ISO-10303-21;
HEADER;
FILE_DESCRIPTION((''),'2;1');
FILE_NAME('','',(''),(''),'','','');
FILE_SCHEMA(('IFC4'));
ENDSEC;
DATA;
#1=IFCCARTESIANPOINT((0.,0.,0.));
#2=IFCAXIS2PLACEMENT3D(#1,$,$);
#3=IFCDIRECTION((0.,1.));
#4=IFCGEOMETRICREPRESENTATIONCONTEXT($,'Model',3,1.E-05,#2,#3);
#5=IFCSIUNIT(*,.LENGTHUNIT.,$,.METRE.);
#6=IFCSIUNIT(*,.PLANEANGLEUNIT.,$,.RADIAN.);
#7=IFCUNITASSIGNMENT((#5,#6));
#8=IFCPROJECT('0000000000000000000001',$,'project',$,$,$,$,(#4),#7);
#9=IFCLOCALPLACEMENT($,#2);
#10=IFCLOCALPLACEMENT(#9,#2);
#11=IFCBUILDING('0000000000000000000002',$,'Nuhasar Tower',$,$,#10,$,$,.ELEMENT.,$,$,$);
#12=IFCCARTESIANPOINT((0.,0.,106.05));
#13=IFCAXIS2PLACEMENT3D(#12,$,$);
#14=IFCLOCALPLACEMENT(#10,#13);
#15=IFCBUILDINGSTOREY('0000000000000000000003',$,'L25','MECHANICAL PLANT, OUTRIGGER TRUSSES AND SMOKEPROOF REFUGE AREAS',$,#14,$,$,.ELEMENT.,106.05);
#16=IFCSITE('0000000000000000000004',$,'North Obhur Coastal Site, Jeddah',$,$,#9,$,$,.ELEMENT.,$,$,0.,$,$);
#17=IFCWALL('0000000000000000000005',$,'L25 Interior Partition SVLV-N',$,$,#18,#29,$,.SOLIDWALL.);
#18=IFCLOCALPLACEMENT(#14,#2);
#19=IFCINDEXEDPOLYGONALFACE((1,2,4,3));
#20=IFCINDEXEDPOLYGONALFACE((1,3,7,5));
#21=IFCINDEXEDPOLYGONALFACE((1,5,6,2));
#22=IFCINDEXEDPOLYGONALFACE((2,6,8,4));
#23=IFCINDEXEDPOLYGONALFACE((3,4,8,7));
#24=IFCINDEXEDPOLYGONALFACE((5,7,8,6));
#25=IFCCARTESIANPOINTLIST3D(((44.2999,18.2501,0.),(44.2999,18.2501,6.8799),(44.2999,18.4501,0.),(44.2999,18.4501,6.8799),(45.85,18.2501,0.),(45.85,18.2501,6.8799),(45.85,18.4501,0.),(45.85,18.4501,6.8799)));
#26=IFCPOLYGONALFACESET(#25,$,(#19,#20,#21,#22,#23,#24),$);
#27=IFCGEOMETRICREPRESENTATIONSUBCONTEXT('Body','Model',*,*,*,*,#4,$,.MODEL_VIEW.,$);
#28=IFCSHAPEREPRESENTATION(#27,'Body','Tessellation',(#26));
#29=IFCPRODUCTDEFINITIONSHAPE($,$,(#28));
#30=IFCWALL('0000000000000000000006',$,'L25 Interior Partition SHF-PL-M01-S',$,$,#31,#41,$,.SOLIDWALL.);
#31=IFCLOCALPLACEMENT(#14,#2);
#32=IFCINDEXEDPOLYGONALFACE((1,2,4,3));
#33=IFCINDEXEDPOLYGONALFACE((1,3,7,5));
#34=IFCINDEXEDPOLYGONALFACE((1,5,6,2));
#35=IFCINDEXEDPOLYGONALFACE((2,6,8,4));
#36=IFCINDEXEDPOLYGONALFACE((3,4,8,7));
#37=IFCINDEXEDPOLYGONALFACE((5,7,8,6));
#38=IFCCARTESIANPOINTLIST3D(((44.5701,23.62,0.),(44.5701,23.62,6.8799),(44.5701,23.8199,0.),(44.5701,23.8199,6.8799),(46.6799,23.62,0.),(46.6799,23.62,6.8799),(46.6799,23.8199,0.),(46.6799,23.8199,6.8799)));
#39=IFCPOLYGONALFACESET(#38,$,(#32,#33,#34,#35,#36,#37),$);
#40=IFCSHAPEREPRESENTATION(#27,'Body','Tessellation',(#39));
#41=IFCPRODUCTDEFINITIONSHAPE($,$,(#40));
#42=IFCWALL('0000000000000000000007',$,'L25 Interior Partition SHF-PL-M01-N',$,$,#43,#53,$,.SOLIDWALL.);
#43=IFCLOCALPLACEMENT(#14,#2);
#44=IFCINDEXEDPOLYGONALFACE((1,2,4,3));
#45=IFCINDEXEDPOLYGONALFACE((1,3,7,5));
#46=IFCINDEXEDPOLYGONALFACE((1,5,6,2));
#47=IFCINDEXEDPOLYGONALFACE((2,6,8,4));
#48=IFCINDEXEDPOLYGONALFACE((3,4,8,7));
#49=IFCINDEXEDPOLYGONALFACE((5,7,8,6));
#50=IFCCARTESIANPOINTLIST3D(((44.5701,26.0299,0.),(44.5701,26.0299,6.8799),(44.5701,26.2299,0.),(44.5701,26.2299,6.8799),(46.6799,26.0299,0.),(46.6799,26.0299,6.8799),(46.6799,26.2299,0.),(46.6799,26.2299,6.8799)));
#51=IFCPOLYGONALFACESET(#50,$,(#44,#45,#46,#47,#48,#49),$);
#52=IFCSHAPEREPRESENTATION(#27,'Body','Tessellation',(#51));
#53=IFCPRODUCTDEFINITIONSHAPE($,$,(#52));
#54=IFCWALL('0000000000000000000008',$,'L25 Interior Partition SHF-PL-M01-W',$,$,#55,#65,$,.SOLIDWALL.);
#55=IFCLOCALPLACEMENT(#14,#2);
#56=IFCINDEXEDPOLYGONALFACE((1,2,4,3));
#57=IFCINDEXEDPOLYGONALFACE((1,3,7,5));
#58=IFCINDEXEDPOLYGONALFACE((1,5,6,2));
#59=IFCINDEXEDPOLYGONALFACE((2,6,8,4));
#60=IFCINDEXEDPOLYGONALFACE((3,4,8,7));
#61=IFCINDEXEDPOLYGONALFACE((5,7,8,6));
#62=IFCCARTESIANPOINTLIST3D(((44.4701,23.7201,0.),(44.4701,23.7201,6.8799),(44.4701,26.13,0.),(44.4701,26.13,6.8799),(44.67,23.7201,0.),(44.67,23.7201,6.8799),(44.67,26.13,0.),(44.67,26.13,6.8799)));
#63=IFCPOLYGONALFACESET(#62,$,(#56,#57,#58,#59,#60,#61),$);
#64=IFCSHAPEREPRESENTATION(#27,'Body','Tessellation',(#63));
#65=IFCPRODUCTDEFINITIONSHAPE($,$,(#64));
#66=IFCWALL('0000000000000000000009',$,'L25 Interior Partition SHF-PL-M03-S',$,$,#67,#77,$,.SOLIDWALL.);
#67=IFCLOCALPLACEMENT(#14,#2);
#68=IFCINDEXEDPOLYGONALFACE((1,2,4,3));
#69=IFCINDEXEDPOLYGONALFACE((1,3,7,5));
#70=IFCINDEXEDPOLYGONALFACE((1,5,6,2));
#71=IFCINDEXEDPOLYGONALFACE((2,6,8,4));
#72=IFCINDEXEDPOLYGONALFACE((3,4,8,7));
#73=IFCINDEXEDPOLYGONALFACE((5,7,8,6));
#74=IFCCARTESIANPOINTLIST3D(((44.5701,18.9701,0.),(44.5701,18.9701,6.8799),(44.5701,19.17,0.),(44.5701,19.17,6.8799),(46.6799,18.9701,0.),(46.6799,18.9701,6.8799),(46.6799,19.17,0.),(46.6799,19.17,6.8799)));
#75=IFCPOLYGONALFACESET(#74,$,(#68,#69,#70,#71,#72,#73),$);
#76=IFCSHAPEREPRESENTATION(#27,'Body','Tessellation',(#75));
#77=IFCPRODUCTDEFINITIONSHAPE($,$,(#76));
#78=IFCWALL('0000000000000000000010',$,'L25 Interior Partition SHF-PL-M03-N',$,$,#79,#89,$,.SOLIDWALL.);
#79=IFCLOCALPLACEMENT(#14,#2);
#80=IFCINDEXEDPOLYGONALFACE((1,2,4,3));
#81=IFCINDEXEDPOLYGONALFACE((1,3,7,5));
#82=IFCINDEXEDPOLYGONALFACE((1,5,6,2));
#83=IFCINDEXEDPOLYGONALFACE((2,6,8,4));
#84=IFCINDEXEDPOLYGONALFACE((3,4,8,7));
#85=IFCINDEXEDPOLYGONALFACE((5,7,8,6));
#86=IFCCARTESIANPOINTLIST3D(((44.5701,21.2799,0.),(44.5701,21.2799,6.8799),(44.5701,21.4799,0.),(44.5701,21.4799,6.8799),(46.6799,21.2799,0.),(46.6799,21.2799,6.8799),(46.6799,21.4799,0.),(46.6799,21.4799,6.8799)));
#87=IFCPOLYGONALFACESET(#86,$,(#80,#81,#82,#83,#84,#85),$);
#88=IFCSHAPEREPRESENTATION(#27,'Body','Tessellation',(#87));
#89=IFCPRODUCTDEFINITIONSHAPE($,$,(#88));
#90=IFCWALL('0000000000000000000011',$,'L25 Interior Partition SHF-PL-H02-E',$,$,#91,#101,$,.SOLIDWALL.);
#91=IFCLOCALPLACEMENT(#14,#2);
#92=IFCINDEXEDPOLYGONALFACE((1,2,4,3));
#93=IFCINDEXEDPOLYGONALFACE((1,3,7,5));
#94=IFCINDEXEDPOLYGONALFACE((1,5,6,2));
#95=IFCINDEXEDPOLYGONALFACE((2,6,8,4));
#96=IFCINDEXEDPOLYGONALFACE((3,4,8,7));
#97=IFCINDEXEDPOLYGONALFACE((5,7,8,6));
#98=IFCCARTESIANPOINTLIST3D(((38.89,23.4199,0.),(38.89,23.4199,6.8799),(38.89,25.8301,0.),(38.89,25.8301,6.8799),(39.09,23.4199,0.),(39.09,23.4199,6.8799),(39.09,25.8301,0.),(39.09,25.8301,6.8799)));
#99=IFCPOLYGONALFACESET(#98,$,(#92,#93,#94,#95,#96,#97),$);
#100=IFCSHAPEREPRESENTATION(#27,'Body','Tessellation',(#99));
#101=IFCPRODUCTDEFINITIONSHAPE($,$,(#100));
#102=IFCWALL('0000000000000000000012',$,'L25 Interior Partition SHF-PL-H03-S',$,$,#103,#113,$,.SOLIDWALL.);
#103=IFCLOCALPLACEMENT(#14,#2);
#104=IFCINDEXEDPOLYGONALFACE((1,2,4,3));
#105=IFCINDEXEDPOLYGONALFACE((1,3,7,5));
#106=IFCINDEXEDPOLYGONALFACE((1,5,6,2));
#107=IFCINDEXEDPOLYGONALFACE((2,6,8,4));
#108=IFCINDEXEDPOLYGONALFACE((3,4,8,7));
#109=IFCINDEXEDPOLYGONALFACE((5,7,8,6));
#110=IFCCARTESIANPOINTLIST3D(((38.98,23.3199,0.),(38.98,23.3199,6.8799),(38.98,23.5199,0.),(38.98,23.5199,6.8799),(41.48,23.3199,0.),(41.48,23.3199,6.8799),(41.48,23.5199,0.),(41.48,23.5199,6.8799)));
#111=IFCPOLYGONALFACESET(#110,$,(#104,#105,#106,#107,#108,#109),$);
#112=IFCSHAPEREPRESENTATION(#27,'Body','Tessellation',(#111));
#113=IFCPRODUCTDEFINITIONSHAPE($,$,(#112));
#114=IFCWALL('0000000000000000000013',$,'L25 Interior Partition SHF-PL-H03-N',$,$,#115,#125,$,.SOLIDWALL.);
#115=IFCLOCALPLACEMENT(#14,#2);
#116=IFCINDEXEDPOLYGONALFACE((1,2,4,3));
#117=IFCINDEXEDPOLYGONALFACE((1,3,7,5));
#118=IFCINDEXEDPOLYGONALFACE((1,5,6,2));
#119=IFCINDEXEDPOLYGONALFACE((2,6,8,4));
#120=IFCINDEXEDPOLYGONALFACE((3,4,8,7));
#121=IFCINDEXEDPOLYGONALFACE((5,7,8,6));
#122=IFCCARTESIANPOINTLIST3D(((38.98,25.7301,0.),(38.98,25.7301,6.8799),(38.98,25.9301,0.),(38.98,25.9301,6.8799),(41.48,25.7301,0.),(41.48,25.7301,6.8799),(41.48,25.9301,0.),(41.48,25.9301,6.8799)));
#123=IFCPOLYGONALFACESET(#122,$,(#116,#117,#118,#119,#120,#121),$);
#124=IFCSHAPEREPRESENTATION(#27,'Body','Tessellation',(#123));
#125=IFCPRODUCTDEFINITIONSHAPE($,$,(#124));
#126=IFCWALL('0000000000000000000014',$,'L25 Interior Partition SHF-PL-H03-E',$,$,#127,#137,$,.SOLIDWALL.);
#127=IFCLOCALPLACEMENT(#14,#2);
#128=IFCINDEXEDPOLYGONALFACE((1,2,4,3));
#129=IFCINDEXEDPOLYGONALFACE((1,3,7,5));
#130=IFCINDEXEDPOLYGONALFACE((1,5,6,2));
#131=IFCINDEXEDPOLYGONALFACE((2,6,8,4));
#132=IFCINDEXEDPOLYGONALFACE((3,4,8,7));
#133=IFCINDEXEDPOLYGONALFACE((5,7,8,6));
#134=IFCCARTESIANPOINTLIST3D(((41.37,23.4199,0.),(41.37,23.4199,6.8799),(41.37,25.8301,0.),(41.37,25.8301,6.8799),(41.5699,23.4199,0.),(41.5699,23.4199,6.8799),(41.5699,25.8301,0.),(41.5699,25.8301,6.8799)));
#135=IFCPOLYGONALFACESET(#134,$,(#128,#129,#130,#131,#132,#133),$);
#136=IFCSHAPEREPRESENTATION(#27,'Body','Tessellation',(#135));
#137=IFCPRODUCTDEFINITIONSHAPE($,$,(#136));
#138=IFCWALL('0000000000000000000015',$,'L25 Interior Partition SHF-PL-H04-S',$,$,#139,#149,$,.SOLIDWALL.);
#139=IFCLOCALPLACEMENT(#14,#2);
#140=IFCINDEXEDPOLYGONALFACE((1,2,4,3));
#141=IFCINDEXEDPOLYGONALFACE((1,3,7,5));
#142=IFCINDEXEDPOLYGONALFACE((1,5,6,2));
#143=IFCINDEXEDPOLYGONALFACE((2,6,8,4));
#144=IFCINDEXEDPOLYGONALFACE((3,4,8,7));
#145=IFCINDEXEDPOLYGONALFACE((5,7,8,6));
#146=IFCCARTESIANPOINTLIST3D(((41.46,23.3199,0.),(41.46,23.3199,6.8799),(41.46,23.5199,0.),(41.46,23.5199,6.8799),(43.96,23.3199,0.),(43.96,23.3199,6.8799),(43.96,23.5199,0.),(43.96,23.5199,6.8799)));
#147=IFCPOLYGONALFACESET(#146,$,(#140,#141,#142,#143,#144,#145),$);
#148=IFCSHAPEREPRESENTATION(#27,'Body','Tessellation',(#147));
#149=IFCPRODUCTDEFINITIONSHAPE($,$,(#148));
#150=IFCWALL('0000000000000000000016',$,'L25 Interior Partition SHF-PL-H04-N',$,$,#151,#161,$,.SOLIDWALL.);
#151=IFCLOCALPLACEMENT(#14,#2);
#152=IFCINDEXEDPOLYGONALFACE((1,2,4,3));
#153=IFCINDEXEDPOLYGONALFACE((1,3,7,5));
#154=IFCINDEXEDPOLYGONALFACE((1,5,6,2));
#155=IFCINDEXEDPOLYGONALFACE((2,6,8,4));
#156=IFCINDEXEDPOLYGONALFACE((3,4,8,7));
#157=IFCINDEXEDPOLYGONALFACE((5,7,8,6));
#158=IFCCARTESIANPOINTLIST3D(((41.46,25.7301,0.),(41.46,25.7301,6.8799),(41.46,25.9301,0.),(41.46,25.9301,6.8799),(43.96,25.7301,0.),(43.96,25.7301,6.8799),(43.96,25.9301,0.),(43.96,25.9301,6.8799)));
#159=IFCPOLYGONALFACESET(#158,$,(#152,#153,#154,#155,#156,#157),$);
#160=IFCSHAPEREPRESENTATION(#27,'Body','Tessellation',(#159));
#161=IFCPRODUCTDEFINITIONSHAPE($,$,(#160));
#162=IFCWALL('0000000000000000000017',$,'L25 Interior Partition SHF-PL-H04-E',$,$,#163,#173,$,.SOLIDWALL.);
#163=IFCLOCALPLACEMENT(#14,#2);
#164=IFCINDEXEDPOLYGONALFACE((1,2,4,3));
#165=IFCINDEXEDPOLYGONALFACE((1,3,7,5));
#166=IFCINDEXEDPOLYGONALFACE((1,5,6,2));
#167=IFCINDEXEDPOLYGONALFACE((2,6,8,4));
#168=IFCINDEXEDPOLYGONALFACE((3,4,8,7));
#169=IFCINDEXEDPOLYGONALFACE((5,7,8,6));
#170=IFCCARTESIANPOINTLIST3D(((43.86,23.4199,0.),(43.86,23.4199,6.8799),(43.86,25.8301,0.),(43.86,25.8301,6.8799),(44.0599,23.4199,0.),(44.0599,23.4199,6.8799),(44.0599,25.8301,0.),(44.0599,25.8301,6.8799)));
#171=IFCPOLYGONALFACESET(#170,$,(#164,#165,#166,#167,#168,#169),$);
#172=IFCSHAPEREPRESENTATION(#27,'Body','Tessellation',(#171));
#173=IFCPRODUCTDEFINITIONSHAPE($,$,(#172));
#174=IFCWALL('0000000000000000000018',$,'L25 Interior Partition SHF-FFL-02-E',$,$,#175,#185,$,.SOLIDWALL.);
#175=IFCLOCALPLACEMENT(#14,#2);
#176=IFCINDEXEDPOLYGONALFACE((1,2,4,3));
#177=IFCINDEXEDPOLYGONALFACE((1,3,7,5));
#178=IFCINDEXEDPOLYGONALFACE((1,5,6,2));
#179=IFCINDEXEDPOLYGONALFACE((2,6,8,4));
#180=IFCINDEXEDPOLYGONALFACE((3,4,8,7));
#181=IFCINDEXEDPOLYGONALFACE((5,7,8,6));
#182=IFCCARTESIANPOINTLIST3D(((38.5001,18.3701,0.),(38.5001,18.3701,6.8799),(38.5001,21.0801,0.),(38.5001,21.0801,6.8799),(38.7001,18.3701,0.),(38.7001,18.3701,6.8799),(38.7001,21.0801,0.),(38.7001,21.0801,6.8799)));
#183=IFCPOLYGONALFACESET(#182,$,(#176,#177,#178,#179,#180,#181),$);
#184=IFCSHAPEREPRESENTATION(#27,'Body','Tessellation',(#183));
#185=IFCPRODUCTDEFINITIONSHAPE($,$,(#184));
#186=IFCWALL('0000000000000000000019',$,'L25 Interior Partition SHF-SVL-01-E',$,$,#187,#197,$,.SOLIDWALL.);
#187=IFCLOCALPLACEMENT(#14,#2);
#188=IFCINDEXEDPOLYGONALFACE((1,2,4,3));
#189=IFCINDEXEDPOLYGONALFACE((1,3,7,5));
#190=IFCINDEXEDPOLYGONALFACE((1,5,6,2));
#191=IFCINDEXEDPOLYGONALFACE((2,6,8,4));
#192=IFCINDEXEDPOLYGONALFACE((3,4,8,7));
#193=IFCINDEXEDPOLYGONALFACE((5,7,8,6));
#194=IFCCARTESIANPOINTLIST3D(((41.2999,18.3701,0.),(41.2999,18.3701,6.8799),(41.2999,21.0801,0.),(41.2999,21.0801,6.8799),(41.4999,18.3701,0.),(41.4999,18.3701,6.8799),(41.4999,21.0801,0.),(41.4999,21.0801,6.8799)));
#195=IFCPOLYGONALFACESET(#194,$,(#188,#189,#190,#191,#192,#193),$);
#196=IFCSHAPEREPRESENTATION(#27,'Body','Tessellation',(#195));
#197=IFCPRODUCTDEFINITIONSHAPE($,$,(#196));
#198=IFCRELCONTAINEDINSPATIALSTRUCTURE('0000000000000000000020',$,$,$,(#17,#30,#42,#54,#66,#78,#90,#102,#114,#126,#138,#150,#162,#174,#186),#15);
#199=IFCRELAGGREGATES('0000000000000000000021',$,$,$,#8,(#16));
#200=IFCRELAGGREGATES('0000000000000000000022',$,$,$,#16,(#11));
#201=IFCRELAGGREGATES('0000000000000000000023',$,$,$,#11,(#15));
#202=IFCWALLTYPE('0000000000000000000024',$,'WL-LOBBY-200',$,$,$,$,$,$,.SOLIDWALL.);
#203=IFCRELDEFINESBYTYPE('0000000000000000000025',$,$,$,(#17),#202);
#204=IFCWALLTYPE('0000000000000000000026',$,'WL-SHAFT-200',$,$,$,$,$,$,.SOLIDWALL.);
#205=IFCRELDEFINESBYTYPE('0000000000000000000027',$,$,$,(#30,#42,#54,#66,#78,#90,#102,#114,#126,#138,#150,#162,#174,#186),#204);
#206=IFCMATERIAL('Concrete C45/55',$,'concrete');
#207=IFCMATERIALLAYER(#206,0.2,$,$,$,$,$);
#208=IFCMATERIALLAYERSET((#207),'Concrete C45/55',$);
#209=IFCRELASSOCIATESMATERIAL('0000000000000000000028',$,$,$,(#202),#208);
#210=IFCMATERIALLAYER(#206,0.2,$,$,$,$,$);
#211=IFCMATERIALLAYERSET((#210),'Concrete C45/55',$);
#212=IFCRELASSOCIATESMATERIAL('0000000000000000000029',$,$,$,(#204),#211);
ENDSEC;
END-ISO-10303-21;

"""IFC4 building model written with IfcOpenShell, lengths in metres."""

from ifc_helpers import new_model, si_unit, direction, frame, frame_2d, origin, place, context, subcontext, project, spatial, rectangle, extrude, material, layer, layer_set, type_object, element, save


model = new_model("IFC4")

# Units and contexts
model_context = context("Model", 3, precision=1e-05, world=origin(), true_north=direction((0.0, 1.0)))
body_context = subcontext(model_context, "Body", "Model", "MODEL_VIEW")
ifc_project = project(units=[si_unit("LENGTHUNIT", "METRE"), si_unit("PLANEANGLEUNIT", "RADIAN")], contexts=[model_context])

# Site, building, storey
site_placement = place(None, origin())
site = spatial("IfcSite", under=ifc_project, at=site_placement, Name="North Obhur Coastal Site, Jeddah", CompositionType="ELEMENT", RefElevation=0.0)
building_placement = place(site_placement, origin())
building = spatial("IfcBuilding", under=site, at=building_placement, Name="Nuhasar Tower", CompositionType="ELEMENT")
storey_placement = place(building_placement, frame((0.0, 0.0, 106.05)))
storey = spatial("IfcBuildingStorey", under=building, at=storey_placement, Name="L25", Description="MECHANICAL PLANT, OUTRIGGER TRUSSES AND SMOKEPROOF REFUGE AREAS", CompositionType="ELEMENT", Elevation=106.05)

# Shared definitions
ifc_material_1 = material(Name="Concrete C45/55", Category="concrete")
ifc_layer_1 = layer(ifc_material_1, 0.2)
ifc_layer_set_1 = layer_set([ifc_layer_1], Name="Concrete C45/55")
wall_type_1 = type_object("IfcWallType", Name="WL-LOBBY-200", PredefinedType="SOLIDWALL", material=ifc_layer_set_1)

# Walls
wall_1_placement = place(storey_placement, frame((44.3, 18.3501, 0.0), z_axis=(0.0, 0.0, 1.0), x_axis=(1.0, 0.0, 0.0)))
element("IfcWall", 1, at=wall_1_placement, inside=storey, type_object=wall_type_1, Name="L25 Interior Partition SVLV-N", PredefinedType="SOLIDWALL", context=body_context, shape_type="SweptSolid", body=[
    extrude(rectangle(XDim=1.55, YDim=0.2, at=frame_2d((0.7749, 0.0))), origin(), (0.0, 0.0, 1.0), 6.8799),
])
ifc_layer_2 = layer(ifc_material_1, 0.2)
ifc_layer_set_2 = layer_set([ifc_layer_2], Name="Concrete C45/55")
wall_type_2 = type_object("IfcWallType", Name="WL-SHAFT-200", PredefinedType="SOLIDWALL", material=ifc_layer_set_2)
for number, where, z_axis, x_axis, name in (
    (2, (44.5701, 23.72, 0.0), (0.0, 0.0, 1.0), (1.0, 0.0, 0.0), "L25 Interior Partition SHF-PL-M01-S"),
    (3, (44.5701, 26.1299, 0.0), (0.0, 0.0, 1.0), (1.0, 0.0, 0.0), "L25 Interior Partition SHF-PL-M01-N"),
):
    element("IfcWall", number, at=place(storey_placement, frame(where, z_axis=z_axis, x_axis=x_axis)), inside=storey, type_object=wall_type_2, Name=name, PredefinedType="SOLIDWALL", context=body_context, shape_type="SweptSolid", body=[
        extrude(rectangle(XDim=2.1099, YDim=0.2, at=frame_2d((1.0549, 0.0))), origin(), (0.0, 0.0, 1.0), 6.8799),
    ])
wall_2_placement = place(storey_placement, frame((44.5701, 23.72, 0.0), z_axis=(0.0, 0.0, 1.0), x_axis=(0.0, 1.0, 0.0)))
element("IfcWall", 4, at=wall_2_placement, inside=storey, type_object=wall_type_2, Name="L25 Interior Partition SHF-PL-M01-W", PredefinedType="SOLIDWALL", context=body_context, shape_type="SweptSolid", body=[
    extrude(rectangle(XDim=2.4099, YDim=0.2, at=frame_2d((1.2051, 0.0))), origin(), (0.0, 0.0, 1.0), 6.8799),
])
for number, where, z_axis, x_axis, name in (
    (5, (44.5701, 19.0701, 0.0), (0.0, 0.0, 1.0), (1.0, 0.0, 0.0), "L25 Interior Partition SHF-PL-M03-S"),
    (6, (44.5701, 21.3799, 0.0), (0.0, 0.0, 1.0), (1.0, 0.0, 0.0), "L25 Interior Partition SHF-PL-M03-N"),
):
    element("IfcWall", number, at=place(storey_placement, frame(where, z_axis=z_axis, x_axis=x_axis)), inside=storey, type_object=wall_type_2, Name=name, PredefinedType="SOLIDWALL", context=body_context, shape_type="SweptSolid", body=[
        extrude(rectangle(XDim=2.1099, YDim=0.2, at=frame_2d((1.0549, 0.0))), origin(), (0.0, 0.0, 1.0), 6.8799),
    ])
wall_3_placement = place(storey_placement, frame((38.99, 23.4199, 0.0), z_axis=(0.0, 0.0, 1.0), x_axis=(0.0, 1.0, 0.0)))
element("IfcWall", 7, at=wall_3_placement, inside=storey, type_object=wall_type_2, Name="L25 Interior Partition SHF-PL-H02-E", PredefinedType="SOLIDWALL", context=body_context, shape_type="SweptSolid", body=[
    extrude(rectangle(XDim=2.4102, YDim=0.2, at=frame_2d((1.2051, 0.0))), origin(), (0.0, 0.0, 1.0), 6.8799),
])
for number, where, z_axis, x_axis, name in (
    (8, (38.98, 23.4199, 0.0), (0.0, 0.0, 1.0), (1.0, 0.0, 0.0), "L25 Interior Partition SHF-PL-H03-S"),
    (9, (38.98, 25.8301, 0.0), (0.0, 0.0, 1.0), (1.0, 0.0, 0.0), "L25 Interior Partition SHF-PL-H03-N"),
):
    element("IfcWall", number, at=place(storey_placement, frame(where, z_axis=z_axis, x_axis=x_axis)), inside=storey, type_object=wall_type_2, Name=name, PredefinedType="SOLIDWALL", context=body_context, shape_type="SweptSolid", body=[
        extrude(rectangle(XDim=2.5, YDim=0.2, at=frame_2d((1.25, 0.0))), origin(), (0.0, 0.0, 1.0), 6.8799),
    ])
wall_4_placement = place(storey_placement, frame((41.47, 23.4199, 0.0), z_axis=(0.0, 0.0, 1.0), x_axis=(0.0, 1.0, 0.0)))
element("IfcWall", 10, at=wall_4_placement, inside=storey, type_object=wall_type_2, Name="L25 Interior Partition SHF-PL-H03-E", PredefinedType="SOLIDWALL", context=body_context, shape_type="SweptSolid", body=[
    extrude(rectangle(XDim=2.4102, YDim=0.2, at=frame_2d((1.2051, 0.0))), origin(), (0.0, 0.0, 1.0), 6.8799),
])
for number, where, z_axis, x_axis, name in (
    (11, (41.46, 23.4199, 0.0), (0.0, 0.0, 1.0), (1.0, 0.0, 0.0), "L25 Interior Partition SHF-PL-H04-S"),
    (12, (41.46, 25.8301, 0.0), (0.0, 0.0, 1.0), (1.0, 0.0, 0.0), "L25 Interior Partition SHF-PL-H04-N"),
):
    element("IfcWall", number, at=place(storey_placement, frame(where, z_axis=z_axis, x_axis=x_axis)), inside=storey, type_object=wall_type_2, Name=name, PredefinedType="SOLIDWALL", context=body_context, shape_type="SweptSolid", body=[
        extrude(rectangle(XDim=2.5, YDim=0.2, at=frame_2d((1.25, 0.0))), origin(), (0.0, 0.0, 1.0), 6.8799),
    ])
wall_5_placement = place(storey_placement, frame((43.96, 23.4199, 0.0), z_axis=(0.0, 0.0, 1.0), x_axis=(0.0, 1.0, 0.0)))
element("IfcWall", 13, at=wall_5_placement, inside=storey, type_object=wall_type_2, Name="L25 Interior Partition SHF-PL-H04-E", PredefinedType="SOLIDWALL", context=body_context, shape_type="SweptSolid", body=[
    extrude(rectangle(XDim=2.4102, YDim=0.2, at=frame_2d((1.2051, 0.0))), origin(), (0.0, 0.0, 1.0), 6.8799),
])
for number, where, z_axis, x_axis, name in (
    (14, (38.6001, 18.3701, 0.0), (0.0, 0.0, 1.0), (0.0, 1.0, 0.0), "L25 Interior Partition SHF-FFL-02-E"),
    (15, (41.3999, 18.3701, 0.0), (0.0, 0.0, 1.0), (0.0, 1.0, 0.0), "L25 Interior Partition SHF-SVL-01-E"),
):
    element("IfcWall", number, at=place(storey_placement, frame(where, z_axis=z_axis, x_axis=x_axis)), inside=storey, type_object=wall_type_2, Name=name, PredefinedType="SOLIDWALL", context=body_context, shape_type="SweptSolid", body=[
        extrude(rectangle(XDim=2.71, YDim=0.2, at=frame_2d((1.355, 0.0))), origin(), (0.0, 0.0, 1.0), 6.8799),
    ])

save(model, "model.ifc")
